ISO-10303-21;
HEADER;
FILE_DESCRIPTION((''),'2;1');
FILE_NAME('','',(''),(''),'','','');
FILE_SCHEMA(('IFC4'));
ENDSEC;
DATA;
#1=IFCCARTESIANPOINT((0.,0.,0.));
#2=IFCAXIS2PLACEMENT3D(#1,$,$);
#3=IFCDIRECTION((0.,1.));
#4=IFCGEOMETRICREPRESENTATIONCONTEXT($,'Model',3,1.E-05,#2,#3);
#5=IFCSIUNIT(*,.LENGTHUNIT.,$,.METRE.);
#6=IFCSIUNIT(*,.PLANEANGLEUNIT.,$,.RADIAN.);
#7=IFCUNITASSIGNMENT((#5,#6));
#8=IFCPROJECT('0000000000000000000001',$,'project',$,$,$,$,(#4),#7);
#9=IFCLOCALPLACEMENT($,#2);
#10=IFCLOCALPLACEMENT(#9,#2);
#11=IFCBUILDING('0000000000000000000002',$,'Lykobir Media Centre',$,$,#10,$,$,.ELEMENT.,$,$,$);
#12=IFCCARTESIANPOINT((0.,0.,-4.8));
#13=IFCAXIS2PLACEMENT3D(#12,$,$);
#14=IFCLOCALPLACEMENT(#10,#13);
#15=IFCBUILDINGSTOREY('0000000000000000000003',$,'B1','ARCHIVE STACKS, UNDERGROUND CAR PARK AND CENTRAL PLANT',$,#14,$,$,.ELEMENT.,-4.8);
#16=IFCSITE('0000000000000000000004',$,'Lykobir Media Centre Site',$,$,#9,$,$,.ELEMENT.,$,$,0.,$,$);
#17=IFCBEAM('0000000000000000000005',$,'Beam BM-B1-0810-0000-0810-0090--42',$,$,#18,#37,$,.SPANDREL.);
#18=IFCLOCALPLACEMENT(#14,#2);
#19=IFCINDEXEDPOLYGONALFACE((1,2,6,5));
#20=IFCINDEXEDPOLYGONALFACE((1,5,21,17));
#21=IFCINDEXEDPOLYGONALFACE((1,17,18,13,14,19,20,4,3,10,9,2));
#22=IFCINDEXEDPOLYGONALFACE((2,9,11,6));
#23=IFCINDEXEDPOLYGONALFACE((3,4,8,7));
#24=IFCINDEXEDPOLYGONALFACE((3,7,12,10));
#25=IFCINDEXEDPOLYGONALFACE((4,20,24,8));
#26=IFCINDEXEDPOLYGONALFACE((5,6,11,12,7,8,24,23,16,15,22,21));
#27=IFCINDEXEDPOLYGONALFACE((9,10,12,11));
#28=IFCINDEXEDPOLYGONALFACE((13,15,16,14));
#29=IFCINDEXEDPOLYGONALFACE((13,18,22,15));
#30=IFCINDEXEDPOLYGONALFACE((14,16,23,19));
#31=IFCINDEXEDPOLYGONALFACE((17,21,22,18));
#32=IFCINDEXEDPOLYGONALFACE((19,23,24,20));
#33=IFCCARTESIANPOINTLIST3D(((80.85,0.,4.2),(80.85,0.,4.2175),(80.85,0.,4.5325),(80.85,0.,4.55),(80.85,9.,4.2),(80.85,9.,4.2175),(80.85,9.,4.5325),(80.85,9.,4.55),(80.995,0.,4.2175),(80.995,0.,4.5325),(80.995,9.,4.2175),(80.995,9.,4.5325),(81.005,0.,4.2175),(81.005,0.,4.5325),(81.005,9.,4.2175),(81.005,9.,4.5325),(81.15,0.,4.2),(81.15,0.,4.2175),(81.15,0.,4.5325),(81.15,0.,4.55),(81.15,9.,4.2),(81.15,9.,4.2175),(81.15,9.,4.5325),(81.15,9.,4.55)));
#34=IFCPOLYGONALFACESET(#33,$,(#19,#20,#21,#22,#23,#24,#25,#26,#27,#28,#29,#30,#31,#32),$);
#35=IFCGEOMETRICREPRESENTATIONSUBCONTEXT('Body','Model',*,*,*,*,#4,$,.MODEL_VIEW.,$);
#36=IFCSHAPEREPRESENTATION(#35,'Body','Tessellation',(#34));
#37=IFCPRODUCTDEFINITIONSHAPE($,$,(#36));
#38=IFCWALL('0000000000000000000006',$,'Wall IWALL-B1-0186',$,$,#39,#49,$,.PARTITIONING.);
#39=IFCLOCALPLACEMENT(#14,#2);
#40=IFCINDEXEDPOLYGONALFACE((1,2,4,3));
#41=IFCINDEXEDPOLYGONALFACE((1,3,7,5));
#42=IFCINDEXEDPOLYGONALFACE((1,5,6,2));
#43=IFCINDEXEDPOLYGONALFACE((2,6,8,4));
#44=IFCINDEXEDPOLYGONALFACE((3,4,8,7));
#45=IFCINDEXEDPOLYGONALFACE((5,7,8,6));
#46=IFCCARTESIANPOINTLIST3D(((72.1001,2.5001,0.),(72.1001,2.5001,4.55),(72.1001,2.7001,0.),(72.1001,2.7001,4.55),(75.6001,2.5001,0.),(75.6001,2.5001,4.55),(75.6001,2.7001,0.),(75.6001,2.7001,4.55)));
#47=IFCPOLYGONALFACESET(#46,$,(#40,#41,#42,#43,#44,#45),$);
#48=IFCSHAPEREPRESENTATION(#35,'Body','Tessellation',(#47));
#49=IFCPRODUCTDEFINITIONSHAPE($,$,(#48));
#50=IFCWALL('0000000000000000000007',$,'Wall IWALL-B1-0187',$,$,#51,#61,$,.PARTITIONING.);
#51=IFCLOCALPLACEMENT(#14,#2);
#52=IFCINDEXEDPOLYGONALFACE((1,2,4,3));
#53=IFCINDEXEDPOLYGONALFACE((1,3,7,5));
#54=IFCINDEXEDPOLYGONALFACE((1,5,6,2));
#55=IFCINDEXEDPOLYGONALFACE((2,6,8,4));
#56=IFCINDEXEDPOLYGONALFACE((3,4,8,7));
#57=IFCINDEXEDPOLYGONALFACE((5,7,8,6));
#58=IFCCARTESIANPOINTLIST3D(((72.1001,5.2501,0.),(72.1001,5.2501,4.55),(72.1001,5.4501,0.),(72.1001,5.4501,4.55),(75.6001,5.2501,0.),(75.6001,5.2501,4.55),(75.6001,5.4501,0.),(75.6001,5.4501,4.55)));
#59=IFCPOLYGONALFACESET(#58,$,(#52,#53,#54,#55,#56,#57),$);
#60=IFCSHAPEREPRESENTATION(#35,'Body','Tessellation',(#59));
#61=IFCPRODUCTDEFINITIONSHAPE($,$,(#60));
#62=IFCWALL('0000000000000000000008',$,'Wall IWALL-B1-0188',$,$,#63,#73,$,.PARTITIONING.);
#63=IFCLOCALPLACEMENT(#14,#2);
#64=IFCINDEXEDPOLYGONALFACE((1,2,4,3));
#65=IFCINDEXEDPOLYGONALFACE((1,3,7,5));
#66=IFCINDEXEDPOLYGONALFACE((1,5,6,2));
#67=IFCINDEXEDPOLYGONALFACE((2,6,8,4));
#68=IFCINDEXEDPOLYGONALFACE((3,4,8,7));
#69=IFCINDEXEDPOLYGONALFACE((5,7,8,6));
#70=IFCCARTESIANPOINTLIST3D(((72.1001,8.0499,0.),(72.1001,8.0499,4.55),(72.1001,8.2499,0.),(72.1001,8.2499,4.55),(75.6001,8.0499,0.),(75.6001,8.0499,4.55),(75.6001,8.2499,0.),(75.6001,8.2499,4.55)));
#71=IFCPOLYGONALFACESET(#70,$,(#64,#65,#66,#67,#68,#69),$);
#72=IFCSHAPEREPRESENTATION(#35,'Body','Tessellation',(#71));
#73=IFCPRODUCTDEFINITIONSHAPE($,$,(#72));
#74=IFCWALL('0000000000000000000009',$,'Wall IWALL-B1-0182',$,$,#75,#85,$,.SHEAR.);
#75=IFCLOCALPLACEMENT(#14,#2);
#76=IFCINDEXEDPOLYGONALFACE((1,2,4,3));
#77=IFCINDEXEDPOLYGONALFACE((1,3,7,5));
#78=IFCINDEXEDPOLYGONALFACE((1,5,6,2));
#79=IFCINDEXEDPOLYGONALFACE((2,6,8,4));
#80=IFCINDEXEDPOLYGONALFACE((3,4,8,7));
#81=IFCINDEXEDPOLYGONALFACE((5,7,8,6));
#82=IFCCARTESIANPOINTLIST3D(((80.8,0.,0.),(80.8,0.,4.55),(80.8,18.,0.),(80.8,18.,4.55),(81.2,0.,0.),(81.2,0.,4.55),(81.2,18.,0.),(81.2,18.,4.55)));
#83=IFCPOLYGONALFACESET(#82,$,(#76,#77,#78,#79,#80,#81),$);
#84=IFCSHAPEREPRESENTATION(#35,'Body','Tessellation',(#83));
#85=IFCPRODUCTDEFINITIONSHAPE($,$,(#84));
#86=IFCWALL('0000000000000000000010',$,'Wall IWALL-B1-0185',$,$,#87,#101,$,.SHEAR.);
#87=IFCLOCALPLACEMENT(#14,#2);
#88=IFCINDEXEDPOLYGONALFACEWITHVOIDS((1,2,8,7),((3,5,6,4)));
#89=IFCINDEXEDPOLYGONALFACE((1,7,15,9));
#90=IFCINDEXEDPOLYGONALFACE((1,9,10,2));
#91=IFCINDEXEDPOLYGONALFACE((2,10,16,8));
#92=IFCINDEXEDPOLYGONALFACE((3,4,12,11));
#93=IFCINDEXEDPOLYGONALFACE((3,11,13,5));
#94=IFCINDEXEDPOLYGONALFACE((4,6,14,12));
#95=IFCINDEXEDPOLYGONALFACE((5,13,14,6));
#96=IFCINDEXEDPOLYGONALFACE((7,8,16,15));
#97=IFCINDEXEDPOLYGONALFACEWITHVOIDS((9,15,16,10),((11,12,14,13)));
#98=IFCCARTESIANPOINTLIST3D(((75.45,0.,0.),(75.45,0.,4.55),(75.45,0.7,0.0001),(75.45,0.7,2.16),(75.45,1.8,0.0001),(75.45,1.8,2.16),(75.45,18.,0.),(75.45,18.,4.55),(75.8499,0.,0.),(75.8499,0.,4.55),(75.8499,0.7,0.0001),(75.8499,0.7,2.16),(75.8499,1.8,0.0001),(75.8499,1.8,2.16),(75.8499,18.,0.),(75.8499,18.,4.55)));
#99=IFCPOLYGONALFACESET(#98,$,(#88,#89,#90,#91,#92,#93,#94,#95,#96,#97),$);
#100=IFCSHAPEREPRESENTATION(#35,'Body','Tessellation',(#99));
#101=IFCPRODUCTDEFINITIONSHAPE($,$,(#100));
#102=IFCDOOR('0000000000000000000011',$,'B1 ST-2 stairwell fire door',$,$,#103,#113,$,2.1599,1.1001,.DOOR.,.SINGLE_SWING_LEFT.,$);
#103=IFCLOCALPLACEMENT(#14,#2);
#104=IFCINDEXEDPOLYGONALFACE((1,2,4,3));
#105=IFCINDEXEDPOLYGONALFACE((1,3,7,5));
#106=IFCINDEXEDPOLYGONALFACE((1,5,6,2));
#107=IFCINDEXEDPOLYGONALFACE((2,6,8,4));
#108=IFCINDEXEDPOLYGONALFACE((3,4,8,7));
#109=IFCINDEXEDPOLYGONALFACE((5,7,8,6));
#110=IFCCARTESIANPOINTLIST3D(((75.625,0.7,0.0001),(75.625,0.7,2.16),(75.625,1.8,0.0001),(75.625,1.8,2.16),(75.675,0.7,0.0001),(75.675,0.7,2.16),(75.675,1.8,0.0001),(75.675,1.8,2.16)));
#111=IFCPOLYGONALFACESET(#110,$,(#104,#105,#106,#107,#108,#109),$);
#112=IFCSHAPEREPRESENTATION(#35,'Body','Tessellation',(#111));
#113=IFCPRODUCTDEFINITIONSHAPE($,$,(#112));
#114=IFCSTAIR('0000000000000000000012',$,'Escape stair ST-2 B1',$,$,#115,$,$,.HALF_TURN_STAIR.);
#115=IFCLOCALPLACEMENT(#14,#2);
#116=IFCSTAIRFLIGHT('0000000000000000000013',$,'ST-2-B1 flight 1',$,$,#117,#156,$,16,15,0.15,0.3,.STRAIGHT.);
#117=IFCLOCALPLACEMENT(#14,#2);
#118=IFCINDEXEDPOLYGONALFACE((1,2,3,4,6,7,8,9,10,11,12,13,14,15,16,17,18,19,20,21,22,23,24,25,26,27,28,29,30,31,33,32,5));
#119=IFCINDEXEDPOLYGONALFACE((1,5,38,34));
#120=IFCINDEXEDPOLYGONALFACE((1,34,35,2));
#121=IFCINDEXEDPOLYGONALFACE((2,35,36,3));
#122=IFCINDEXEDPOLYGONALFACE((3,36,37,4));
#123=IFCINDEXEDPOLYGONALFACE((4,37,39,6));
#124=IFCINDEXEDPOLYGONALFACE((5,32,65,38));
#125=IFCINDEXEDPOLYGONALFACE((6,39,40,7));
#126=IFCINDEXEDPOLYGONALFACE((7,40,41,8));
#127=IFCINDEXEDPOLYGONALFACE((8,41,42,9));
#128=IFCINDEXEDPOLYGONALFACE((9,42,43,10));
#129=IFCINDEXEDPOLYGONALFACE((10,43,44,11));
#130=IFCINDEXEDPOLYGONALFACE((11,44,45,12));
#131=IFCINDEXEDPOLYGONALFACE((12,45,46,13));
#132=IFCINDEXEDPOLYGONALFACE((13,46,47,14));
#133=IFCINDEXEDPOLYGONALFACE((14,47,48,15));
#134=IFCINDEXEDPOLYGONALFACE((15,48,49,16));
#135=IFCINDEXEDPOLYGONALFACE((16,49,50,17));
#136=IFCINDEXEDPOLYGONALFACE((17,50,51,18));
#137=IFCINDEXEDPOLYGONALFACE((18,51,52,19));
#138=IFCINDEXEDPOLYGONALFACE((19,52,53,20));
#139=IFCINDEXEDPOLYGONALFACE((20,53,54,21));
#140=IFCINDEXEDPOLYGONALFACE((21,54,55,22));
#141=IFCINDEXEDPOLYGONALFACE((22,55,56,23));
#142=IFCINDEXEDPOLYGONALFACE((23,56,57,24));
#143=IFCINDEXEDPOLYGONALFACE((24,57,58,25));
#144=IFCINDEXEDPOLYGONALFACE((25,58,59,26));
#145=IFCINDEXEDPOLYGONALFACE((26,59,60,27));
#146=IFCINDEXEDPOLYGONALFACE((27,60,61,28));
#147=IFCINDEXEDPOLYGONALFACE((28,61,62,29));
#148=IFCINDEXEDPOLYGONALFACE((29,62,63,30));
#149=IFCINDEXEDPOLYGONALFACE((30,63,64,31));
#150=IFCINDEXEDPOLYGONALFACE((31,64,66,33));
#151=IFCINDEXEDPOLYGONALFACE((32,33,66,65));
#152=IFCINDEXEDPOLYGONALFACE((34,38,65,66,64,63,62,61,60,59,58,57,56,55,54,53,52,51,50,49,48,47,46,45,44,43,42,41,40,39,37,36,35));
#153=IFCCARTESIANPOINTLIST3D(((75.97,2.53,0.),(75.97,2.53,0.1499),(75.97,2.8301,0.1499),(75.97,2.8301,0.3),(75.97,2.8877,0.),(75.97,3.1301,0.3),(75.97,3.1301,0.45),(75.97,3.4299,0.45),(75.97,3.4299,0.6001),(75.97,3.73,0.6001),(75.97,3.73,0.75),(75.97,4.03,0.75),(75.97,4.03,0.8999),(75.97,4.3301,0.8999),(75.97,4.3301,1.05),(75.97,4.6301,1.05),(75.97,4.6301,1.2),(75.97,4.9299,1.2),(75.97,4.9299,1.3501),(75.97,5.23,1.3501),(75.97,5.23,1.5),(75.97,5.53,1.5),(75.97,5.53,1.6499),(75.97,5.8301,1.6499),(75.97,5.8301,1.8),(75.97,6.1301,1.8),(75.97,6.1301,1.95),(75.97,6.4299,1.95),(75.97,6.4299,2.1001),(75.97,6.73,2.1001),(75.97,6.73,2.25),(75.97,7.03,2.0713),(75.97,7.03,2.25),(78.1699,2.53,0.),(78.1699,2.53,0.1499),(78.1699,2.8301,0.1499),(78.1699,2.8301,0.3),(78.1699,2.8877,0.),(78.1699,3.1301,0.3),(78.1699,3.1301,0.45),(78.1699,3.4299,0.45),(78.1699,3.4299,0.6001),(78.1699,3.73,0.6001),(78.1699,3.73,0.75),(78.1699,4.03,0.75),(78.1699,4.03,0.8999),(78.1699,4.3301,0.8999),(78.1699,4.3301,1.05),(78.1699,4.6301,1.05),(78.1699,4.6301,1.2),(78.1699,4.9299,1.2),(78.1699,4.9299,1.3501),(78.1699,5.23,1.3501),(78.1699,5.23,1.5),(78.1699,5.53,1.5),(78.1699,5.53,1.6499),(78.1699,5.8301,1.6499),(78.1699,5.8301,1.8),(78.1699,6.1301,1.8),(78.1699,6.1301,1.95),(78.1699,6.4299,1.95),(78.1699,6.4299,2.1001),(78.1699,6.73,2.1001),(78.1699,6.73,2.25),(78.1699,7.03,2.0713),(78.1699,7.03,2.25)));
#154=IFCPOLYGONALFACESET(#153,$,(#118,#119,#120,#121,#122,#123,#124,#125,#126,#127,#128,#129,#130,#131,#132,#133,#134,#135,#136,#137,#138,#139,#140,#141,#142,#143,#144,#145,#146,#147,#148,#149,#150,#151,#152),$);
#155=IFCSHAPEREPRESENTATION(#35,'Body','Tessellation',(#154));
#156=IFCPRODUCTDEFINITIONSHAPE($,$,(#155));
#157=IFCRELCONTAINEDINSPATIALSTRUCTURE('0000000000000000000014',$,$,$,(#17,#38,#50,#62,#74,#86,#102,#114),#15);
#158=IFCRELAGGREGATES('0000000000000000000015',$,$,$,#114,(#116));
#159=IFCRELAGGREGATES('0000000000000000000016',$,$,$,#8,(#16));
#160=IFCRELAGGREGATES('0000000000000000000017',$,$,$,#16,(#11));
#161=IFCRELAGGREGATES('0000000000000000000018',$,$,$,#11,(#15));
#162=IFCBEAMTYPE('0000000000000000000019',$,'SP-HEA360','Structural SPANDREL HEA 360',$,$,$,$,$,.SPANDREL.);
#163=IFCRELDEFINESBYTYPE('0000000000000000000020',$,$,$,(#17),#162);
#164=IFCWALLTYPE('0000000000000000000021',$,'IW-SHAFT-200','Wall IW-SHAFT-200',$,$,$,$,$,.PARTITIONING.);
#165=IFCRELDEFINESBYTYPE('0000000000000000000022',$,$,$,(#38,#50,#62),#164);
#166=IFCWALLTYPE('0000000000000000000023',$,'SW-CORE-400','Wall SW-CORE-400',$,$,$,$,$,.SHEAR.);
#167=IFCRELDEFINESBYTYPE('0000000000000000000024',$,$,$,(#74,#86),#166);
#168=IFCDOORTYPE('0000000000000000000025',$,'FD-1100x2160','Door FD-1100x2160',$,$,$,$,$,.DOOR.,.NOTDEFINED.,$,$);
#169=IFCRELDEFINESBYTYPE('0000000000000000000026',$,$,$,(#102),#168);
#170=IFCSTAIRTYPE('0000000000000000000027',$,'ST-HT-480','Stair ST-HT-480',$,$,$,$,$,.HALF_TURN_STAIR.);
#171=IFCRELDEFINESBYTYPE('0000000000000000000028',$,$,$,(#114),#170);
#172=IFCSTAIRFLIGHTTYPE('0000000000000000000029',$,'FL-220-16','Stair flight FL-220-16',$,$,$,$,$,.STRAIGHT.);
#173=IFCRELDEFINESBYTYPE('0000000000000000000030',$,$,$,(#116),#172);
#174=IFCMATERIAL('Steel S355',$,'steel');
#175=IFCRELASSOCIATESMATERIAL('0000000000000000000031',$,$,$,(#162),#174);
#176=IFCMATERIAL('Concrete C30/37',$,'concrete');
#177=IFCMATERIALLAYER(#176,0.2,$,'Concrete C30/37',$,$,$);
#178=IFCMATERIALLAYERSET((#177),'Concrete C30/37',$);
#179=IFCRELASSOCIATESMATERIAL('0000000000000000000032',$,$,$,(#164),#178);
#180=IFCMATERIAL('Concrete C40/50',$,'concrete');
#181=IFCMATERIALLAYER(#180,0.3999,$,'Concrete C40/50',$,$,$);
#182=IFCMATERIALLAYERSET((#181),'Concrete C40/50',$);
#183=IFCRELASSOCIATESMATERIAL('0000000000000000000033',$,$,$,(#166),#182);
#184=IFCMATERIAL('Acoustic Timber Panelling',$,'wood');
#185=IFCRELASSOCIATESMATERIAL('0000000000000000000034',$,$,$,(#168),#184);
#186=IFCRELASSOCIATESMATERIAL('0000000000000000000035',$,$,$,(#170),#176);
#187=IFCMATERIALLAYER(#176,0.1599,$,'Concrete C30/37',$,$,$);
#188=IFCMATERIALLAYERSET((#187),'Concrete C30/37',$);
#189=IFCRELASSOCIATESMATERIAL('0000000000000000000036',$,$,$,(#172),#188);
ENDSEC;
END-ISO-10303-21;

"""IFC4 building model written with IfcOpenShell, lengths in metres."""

from ifc_helpers import new_model, si_unit, direction, frame, frame_2d, origin, origin_2d, place, context, subcontext, project, spatial, polyline, rectangle, i_section, outline, extrude, material, layer, layer_set, material_profile, profile_set, type_object, element, fill, aggregate, save


model = new_model("IFC4")

# Units and contexts
model_context = context("Model", 3, precision=1e-05, world=origin(), true_north=direction((0.0, 1.0)))
body_context = subcontext(model_context, "Body", "Model", "MODEL_VIEW")
ifc_project = project(units=[si_unit("LENGTHUNIT", "METRE"), si_unit("PLANEANGLEUNIT", "RADIAN")], contexts=[model_context])

# Site, building, storey
site_placement = place(None, origin())
site = spatial("IfcSite", under=ifc_project, at=site_placement, Name="Lykobir Media Centre Site", CompositionType="ELEMENT", RefElevation=0.0)
building_placement = place(site_placement, origin())
building = spatial("IfcBuilding", under=site, at=building_placement, Name="Lykobir Media Centre", CompositionType="ELEMENT")
storey_placement = place(building_placement, frame((0.0, 0.0, -4.8)))
storey = spatial("IfcBuildingStorey", under=building, at=storey_placement, Name="B1", Description="ARCHIVE STACKS, UNDERGROUND CAR PARK AND CENTRAL PLANT", CompositionType="ELEMENT", Elevation=-4.8)

# Shared definitions
ifc_material_1 = material(Name="Concrete C30/37", Category="concrete")

# Shared definitions
ifc_material_2 = material(Name="Concrete C40/50", Category="concrete")

# Beam
ifc_material_3 = material(Name="Steel S355", Category="steel")
ifc_material_profile_1 = material_profile(ifc_material_3, i_section(OverallWidth=0.3, OverallDepth=0.3501, WebThickness=0.01, FlangeThickness=0.0176, at=origin_2d()), Name="HEA 360")
ifc_profile_set_1 = profile_set([ifc_material_profile_1], Name="Steel S355")
beam_type_1 = type_object("IfcBeamType", Name="SP-HEA360", Description="Structural SPANDREL HEA 360", PredefinedType="SPANDREL", material=ifc_profile_set_1)
beam_placement = place(storey_placement, frame((81.0, 0.0, 4.375), z_axis=(0.0, 1.0, 0.0), x_axis=(-1.0, 0.0, 0.0)))
element("IfcBeam", 1, at=beam_placement, inside=storey, type_object=beam_type_1, Name="Beam BM-B1-0810-0000-0810-0090--42", PredefinedType="SPANDREL", context=body_context, shape_type="SweptSolid", body=[
    extrude(i_section(OverallWidth=0.3, OverallDepth=0.3501, WebThickness=0.01, FlangeThickness=0.0176, at=origin_2d()), origin(), (0.0, 0.0, 1.0), 9.0),
])

# Walls
ifc_layer_1 = layer(ifc_material_1, 0.2, Name="Concrete C30/37")
ifc_layer_set_1 = layer_set([ifc_layer_1], Name="Concrete C30/37")
wall_type_1 = type_object("IfcWallType", Name="IW-SHAFT-200", Description="Wall IW-SHAFT-200", PredefinedType="PARTITIONING", material=ifc_layer_set_1)
for number, where, z_axis, x_axis, name in (
    (2, (72.1001, 2.6001, 0.0), (0.0, 0.0, 1.0), (1.0, 0.0, 0.0), "Wall IWALL-B1-0186"),
    (3, (72.1001, 5.3501, 0.0), (0.0, 0.0, 1.0), (1.0, 0.0, 0.0), "Wall IWALL-B1-0187"),
    (4, (72.1001, 8.1499, 0.0), (0.0, 0.0, 1.0), (1.0, 0.0, 0.0), "Wall IWALL-B1-0188"),
):
    element("IfcWall", number, at=place(storey_placement, frame(where, z_axis=z_axis, x_axis=x_axis)), inside=storey, type_object=wall_type_1, Name=name, PredefinedType="PARTITIONING", context=body_context, shape_type="SweptSolid", body=[
        extrude(rectangle(XDim=3.5, YDim=0.2, at=frame_2d((1.75, 0.0))), origin(), (0.0, 0.0, 1.0), 4.55),
    ])
ifc_layer_2 = layer(ifc_material_2, 0.3999, Name="Concrete C40/50")
ifc_layer_set_2 = layer_set([ifc_layer_2], Name="Concrete C40/50")
wall_type_2 = type_object("IfcWallType", Name="SW-CORE-400", Description="Wall SW-CORE-400", PredefinedType="SHEAR", material=ifc_layer_set_2)
wall_1_placement = place(storey_placement, frame((81.0, 0.0, 0.0), z_axis=(0.0, 0.0, 1.0), x_axis=(0.0, 1.0, 0.0)))
element("IfcWall", 5, at=wall_1_placement, inside=storey, type_object=wall_type_2, Name="Wall IWALL-B1-0182", PredefinedType="SHEAR", context=body_context, shape_type="SweptSolid", body=[
    extrude(rectangle(XDim=18.0, YDim=0.3999, at=frame_2d((9.0, 0.0))), origin(), (0.0, 0.0, 1.0), 4.55),
])

# Wall, opening, door
wall_2_placement = place(storey_placement, frame((75.6499, 0.0, 0.0), z_axis=(0.0, 0.0, 1.0), x_axis=(0.0, 1.0, 0.0)))
wall_2 = element("IfcWall", 6, at=wall_2_placement, inside=storey, type_object=wall_type_2, Name="Wall IWALL-B1-0185", PredefinedType="SHEAR", context=body_context, shape_type="SweptSolid", body=[
    extrude(rectangle(XDim=18.0, YDim=0.3999, at=frame_2d((9.0, 0.0))), origin(), (0.0, 0.0, 1.0), 4.55),
])
opening_placement = place(wall_2_placement, frame((0.7, 0.0, 0.0)))
opening = element("IfcOpeningElement", 7, at=opening_placement, cuts=wall_2, PredefinedType="OPENING", context=body_context, shape_type="SweptSolid", body=[
    extrude(rectangle(XDim=1.1001, YDim=2.1599, at=frame_2d((0.55, 1.0801))), frame((0.0, 0.21, 0.0), z_axis=(0.0, -1.0, 0.0), x_axis=(1.0, 0.0, 0.0)), (0.0, 0.0, 1.0), 0.4199),
])
ifc_material_4 = material(Name="Acoustic Timber Panelling", Category="wood")
door_type = type_object("IfcDoorType", Name="FD-1100x2160", Description="Door FD-1100x2160", OperationType="NOTDEFINED", PredefinedType="DOOR", material=ifc_material_4)
door_placement = place(opening_placement, origin())
door = element("IfcDoor", 8, at=door_placement, inside=storey, type_object=door_type, Name="B1 ST-2 stairwell fire door", OperationType="SINGLE_SWING_LEFT", OverallHeight=2.1599, OverallWidth=1.1001, PredefinedType="DOOR", context=body_context, shape_type="SweptSolid", body=[
    extrude(rectangle(XDim=1.1001, YDim=2.1599, at=frame_2d((0.55, 1.0801))), frame((0.0, 0.0249, 0.0), z_axis=(0.0, -1.0, 0.0), x_axis=(1.0, 0.0, 0.0)), (0.0, 0.0, 1.0), 0.05),
])
fill(opening, door)

# Stair, stair flight
stair_type = type_object("IfcStairType", Name="ST-HT-480", Description="Stair ST-HT-480", PredefinedType="HALF_TURN_STAIR", material=ifc_material_1)
stair_placement = place(storey_placement, origin())
stair = element("IfcStair", 9, at=stair_placement, inside=storey, type_object=stair_type, Name="Escape stair ST-2 B1", PredefinedType="HALF_TURN_STAIR")
ifc_layer_3 = layer(ifc_material_1, 0.1599, Name="Concrete C30/37")
ifc_layer_set_3 = layer_set([ifc_layer_3], Name="Concrete C30/37")
stair_flight_type = type_object("IfcStairFlightType", Name="FL-220-16", Description="Stair flight FL-220-16", PredefinedType="STRAIGHT", material=ifc_layer_set_3)
stair_flight_1_placement = place(storey_placement, frame((77.0701, 2.53, 0.0), z_axis=(0.0, 0.0, 1.0), x_axis=(0.0, 1.0, 0.0)))
stair_flight_1 = element("IfcStairFlight", 10, at=stair_flight_1_placement, type_object=stair_flight_type, Name="ST-2-B1 flight 1", NumberOfRisers=16, NumberOfTreads=15, PredefinedType="STRAIGHT", RiserHeight=0.15, TreadLength=0.3, context=body_context, shape_type="SweptSolid", body=[
    extrude(outline(polyline([(0.0, 0.0), (0.0, 0.1499), (0.3, 0.1499), (0.3, 0.3), (0.6001, 0.3), (0.6001, 0.45), (0.8999, 0.45), (0.8999, 0.6001), (1.2, 0.6001), (1.2, 0.75), (1.5, 0.75), (1.5, 0.8999), (1.8, 0.8999), (1.8, 1.05), (2.1001, 1.05), (2.1001, 1.2), (2.3999, 1.2), (2.3999, 1.3501), (2.7, 1.3501), (2.7, 1.5), (3.0, 1.5), (3.0, 1.6499), (3.3, 1.6499), (3.3, 1.8), (3.6001, 1.8), (3.6001, 1.95), (3.8999, 1.95), (3.8999, 2.1001), (4.2, 2.1001), (4.2, 2.25), (4.5, 2.25), (4.5, 2.3999), (4.5, 2.0713), (0.3577, 0.0), (0.0, 0.0)])), frame((0.0, 1.1001, 0.0), z_axis=(0.0, -1.0, 0.0), x_axis=(1.0, 0.0, 0.0)), (0.0, 0.0, 1.0), 2.2),
])
aggregate(stair, [stair_flight_1])

save(model, "model.ifc")
